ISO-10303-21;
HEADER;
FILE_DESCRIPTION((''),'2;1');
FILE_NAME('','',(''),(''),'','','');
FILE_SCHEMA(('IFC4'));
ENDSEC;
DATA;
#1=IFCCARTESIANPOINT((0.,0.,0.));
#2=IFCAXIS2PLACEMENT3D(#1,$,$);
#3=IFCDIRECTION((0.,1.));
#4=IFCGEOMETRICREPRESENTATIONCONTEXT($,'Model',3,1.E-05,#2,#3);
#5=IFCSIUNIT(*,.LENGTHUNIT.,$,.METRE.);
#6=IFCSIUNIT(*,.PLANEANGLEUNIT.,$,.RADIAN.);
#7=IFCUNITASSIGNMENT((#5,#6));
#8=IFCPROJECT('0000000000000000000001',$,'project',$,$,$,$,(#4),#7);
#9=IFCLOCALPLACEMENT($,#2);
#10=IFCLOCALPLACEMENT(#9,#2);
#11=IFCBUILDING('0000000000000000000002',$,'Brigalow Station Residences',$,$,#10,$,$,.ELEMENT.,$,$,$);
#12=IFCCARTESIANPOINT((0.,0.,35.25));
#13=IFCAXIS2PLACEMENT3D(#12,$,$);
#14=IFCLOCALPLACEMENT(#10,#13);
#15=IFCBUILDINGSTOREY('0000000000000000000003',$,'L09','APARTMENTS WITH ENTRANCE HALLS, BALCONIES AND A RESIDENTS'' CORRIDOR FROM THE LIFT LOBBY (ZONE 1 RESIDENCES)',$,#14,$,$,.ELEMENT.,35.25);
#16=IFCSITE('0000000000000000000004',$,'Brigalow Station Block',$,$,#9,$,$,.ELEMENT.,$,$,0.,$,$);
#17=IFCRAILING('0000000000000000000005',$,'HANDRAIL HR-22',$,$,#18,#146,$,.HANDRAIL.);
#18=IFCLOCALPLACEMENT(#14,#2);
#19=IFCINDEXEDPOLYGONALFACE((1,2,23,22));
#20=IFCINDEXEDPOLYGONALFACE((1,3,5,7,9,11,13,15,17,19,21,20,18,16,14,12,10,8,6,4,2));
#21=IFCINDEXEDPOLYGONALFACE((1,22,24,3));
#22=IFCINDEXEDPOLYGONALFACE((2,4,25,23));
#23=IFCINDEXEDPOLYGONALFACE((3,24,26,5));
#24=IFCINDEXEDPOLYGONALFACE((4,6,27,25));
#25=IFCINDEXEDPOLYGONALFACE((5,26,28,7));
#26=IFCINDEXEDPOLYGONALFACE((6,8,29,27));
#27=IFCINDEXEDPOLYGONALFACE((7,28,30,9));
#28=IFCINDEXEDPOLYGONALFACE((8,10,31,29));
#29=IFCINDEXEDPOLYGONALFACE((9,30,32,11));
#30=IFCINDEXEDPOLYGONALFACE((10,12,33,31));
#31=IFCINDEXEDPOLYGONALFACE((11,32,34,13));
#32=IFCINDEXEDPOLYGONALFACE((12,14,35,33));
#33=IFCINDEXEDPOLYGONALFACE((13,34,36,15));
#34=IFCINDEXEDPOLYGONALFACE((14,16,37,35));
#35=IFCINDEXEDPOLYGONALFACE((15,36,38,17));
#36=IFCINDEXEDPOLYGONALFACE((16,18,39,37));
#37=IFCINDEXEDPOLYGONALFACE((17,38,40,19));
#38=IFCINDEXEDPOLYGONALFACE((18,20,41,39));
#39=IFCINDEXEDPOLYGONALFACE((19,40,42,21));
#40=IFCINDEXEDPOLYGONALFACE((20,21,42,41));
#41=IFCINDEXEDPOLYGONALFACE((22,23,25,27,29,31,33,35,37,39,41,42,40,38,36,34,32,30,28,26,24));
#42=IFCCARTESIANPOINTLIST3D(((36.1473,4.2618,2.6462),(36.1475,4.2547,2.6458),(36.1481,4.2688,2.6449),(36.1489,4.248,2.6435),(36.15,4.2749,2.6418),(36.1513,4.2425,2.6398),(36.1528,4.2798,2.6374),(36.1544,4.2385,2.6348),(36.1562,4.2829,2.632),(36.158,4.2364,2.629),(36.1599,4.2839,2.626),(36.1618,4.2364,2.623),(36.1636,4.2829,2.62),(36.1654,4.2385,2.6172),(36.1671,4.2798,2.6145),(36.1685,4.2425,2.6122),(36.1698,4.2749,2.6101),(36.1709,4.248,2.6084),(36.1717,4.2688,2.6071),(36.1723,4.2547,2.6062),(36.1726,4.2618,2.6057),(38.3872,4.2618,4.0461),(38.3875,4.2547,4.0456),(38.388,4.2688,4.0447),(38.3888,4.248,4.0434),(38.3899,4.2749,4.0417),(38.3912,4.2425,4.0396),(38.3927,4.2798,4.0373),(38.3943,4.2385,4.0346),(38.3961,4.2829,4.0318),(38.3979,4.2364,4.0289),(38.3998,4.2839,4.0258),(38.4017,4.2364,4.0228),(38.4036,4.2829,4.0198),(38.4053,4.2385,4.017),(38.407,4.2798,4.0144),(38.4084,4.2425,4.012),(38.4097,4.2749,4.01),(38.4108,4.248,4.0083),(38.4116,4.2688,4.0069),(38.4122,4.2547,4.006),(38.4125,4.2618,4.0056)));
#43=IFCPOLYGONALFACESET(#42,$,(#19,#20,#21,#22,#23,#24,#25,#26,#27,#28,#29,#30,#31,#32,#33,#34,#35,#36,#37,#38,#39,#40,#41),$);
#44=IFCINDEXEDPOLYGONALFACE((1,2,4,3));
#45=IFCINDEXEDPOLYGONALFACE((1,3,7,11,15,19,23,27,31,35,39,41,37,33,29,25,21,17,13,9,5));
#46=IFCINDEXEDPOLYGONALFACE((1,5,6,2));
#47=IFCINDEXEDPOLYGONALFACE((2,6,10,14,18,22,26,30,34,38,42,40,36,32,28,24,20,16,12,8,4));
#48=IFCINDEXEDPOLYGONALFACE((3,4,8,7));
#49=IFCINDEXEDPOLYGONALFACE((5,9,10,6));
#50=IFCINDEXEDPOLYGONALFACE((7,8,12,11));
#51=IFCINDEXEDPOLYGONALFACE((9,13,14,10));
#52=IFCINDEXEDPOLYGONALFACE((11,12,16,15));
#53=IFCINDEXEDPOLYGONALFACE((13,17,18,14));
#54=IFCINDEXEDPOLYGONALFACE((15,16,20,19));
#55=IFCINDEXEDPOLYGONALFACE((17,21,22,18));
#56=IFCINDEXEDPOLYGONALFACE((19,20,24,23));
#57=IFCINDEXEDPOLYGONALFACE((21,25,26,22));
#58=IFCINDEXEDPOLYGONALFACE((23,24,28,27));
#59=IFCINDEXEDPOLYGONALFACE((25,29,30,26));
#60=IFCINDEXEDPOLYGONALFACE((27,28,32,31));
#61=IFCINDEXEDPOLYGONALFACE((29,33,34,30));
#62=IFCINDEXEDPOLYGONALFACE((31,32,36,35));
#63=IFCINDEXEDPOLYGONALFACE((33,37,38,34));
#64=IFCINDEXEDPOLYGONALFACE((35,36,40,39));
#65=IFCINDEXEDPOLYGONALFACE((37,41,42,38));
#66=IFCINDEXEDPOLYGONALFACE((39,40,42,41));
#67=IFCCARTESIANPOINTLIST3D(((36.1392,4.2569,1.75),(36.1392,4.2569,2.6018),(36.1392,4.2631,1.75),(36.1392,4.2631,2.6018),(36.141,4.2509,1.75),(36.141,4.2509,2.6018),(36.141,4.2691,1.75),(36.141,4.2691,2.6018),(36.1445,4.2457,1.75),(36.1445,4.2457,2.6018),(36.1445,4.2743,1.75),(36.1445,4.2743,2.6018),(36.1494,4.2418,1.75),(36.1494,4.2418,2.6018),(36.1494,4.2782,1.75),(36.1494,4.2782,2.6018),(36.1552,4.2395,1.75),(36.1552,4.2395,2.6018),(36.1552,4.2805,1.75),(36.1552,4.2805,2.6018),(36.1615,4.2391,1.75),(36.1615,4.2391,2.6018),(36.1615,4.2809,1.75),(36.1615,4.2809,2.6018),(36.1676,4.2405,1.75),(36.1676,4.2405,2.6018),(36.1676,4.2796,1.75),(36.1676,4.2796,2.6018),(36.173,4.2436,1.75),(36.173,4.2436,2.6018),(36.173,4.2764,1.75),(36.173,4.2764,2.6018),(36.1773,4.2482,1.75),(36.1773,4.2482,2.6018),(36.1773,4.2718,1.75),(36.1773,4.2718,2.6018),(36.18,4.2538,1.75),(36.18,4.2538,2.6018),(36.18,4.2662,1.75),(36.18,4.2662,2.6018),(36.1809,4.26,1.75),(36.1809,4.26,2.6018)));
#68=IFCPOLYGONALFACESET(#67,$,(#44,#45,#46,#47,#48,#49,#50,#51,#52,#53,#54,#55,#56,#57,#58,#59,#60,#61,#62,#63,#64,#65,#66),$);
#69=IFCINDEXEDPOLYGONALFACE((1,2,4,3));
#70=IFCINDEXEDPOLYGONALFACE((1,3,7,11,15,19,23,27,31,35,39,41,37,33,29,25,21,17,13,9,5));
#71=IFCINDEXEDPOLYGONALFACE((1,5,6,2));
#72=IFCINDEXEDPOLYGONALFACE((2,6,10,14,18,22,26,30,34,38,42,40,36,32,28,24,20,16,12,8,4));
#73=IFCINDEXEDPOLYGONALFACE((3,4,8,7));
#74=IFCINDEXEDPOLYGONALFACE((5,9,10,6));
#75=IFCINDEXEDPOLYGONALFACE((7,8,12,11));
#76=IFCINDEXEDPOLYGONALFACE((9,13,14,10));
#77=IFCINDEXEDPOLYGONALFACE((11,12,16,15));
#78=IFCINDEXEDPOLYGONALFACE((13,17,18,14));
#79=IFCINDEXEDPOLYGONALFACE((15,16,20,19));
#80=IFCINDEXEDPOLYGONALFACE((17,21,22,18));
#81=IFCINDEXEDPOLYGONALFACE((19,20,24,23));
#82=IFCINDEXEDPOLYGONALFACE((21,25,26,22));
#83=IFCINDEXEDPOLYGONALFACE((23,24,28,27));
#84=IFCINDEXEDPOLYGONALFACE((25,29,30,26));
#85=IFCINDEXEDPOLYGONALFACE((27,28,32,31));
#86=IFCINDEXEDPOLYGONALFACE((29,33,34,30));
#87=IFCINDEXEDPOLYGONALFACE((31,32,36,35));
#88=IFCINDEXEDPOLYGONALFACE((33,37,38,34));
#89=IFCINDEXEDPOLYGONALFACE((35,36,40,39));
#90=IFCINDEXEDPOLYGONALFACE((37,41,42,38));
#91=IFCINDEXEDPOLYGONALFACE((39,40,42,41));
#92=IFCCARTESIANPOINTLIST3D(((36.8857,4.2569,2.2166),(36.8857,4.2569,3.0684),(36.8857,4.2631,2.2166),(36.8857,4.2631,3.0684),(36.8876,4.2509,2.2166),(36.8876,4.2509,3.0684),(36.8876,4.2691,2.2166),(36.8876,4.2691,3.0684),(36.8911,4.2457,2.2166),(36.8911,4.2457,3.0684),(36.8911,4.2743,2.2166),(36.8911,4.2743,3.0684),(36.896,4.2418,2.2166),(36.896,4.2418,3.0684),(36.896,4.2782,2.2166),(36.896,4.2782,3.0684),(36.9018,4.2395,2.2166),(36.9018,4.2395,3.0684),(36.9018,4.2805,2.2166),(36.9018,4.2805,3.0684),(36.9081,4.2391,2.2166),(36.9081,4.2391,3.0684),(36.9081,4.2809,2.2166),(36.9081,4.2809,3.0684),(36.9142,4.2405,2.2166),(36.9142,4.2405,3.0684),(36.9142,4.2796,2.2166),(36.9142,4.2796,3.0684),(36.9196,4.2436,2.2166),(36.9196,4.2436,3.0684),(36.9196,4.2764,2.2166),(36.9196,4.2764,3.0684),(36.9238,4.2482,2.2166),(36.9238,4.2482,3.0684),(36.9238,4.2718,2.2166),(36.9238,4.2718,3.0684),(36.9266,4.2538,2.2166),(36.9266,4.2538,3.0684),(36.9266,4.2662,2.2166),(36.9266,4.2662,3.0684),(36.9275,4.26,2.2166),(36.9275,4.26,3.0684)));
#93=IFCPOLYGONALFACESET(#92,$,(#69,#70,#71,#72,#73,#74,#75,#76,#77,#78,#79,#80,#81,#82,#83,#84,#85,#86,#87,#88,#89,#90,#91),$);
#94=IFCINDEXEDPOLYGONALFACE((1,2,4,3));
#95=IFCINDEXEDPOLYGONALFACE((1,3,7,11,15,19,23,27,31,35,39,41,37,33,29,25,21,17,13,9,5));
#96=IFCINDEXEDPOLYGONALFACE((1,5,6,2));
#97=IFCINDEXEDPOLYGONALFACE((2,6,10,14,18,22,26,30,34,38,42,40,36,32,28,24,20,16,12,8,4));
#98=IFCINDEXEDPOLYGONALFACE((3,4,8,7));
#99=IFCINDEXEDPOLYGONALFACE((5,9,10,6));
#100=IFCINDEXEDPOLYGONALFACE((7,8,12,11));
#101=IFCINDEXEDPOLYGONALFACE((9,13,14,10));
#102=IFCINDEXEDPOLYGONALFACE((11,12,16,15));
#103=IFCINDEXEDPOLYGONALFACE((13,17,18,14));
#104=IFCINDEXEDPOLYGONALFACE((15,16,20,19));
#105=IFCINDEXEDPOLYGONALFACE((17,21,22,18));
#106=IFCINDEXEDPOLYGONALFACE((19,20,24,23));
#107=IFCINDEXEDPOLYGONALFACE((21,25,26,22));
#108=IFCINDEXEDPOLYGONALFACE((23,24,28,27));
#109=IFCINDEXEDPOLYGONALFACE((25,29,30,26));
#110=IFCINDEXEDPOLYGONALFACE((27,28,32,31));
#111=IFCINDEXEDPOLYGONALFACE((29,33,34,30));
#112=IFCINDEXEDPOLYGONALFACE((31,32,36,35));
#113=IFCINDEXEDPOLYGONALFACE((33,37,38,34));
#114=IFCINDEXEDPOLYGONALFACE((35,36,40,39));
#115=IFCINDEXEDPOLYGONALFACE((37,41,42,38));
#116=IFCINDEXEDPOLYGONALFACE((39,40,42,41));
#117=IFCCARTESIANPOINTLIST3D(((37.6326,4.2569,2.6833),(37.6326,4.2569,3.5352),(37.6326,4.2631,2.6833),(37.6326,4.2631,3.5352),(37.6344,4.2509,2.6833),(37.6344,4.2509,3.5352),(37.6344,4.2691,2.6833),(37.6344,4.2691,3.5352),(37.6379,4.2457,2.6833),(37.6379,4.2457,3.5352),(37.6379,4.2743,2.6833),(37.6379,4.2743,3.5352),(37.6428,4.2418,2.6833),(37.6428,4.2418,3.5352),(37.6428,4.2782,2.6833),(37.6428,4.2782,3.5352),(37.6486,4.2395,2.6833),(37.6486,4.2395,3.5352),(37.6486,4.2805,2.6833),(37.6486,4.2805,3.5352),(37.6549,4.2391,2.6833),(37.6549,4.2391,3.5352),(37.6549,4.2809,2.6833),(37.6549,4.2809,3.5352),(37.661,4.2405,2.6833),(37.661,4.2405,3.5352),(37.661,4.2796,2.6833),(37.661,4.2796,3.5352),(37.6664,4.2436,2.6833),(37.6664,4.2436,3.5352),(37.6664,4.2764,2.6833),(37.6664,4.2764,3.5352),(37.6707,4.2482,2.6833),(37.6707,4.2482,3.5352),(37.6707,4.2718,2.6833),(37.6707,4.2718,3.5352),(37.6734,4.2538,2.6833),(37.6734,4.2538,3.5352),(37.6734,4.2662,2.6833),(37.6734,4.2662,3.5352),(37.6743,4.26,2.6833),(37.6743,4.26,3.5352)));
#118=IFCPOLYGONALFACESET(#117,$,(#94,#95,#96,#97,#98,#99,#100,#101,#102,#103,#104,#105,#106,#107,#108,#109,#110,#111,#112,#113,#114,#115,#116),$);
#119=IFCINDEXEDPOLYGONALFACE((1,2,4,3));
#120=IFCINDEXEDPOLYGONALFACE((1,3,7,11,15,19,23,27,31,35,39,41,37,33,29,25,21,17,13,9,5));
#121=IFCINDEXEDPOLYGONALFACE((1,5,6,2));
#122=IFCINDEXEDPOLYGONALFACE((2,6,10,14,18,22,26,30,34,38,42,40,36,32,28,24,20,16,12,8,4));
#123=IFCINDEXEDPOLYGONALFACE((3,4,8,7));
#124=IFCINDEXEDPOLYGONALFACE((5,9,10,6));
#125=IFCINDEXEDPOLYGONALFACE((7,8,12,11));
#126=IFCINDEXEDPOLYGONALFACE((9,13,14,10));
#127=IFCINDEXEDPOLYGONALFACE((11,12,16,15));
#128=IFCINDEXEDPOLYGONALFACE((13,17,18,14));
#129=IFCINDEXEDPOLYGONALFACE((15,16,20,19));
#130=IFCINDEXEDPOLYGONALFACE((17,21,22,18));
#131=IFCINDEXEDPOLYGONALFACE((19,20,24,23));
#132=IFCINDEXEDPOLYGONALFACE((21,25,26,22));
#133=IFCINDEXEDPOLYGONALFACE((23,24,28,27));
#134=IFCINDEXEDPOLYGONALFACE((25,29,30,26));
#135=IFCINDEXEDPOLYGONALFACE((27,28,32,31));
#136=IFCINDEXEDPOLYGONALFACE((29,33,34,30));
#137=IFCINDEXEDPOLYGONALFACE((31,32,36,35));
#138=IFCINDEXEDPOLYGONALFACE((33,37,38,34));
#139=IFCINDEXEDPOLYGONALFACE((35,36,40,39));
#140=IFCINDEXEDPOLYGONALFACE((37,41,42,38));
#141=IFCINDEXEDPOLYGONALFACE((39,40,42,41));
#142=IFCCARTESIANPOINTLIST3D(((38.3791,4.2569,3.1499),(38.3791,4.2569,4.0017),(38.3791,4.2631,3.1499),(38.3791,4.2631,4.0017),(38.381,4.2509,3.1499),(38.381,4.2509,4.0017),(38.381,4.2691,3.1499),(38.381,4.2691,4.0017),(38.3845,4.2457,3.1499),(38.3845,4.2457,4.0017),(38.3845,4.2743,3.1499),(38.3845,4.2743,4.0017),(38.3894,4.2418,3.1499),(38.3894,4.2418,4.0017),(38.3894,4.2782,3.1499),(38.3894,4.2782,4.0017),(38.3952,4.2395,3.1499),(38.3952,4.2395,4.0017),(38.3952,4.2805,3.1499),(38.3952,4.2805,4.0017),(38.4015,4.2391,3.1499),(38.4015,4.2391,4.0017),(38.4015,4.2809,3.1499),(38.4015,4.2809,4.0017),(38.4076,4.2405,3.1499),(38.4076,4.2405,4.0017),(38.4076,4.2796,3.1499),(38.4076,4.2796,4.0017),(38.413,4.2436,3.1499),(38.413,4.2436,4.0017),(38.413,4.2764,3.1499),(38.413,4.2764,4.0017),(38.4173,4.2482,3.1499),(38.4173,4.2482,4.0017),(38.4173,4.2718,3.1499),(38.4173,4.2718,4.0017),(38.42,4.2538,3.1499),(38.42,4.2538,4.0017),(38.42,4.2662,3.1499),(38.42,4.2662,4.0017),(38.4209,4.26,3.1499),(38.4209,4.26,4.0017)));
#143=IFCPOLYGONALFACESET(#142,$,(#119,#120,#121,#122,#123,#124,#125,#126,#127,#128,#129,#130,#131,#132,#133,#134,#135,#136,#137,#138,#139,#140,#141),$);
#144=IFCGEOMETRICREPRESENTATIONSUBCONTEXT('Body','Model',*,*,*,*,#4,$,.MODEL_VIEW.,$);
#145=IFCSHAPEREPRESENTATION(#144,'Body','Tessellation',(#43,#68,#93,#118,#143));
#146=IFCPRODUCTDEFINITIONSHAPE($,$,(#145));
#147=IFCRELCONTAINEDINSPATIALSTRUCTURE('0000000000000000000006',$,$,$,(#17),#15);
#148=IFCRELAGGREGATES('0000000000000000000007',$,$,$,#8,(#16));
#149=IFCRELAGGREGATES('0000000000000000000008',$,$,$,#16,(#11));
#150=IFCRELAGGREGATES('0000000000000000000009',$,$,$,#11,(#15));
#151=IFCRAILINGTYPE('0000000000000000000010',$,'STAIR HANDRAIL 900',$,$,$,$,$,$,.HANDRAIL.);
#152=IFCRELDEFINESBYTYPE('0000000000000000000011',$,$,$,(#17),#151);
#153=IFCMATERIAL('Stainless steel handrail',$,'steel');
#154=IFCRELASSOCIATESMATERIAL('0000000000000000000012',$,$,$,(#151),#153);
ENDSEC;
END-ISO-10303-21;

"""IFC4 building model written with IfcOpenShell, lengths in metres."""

from ifc_helpers import new_model, si_unit, direction, frame, origin, origin_2d, place, context, subcontext, project, spatial, circle, extrude, material, type_object, element, save


model = new_model("IFC4")

# Units and contexts
model_context = context("Model", 3, precision=1e-05, world=origin(), true_north=direction((0.0, 1.0)))
body_context = subcontext(model_context, "Body", "Model", "MODEL_VIEW")
ifc_project = project(units=[si_unit("LENGTHUNIT", "METRE"), si_unit("PLANEANGLEUNIT", "RADIAN")], contexts=[model_context])

# Site, building, storey
site_placement = place(None, origin())
site = spatial("IfcSite", under=ifc_project, at=site_placement, Name="Brigalow Station Block", CompositionType="ELEMENT", RefElevation=0.0)
building_placement = place(site_placement, origin())
building = spatial("IfcBuilding", under=site, at=building_placement, Name="Brigalow Station Residences", CompositionType="ELEMENT")
storey_placement = place(building_placement, frame((0.0, 0.0, 35.25)))
storey = spatial("IfcBuildingStorey", under=building, at=storey_placement, Name="L09", Description="APARTMENTS WITH ENTRANCE HALLS, BALCONIES AND A RESIDENTS' CORRIDOR FROM THE LIFT LOBBY (ZONE 1 RESIDENCES)", CompositionType="ELEMENT", Elevation=35.25)

# Railing
ifc_material_1 = material(Name="Stainless steel handrail", Category="steel")
railing_type_1 = type_object("IfcRailingType", Name="STAIR HANDRAIL 900", PredefinedType="HANDRAIL", material=ifc_material_1)
railing_1_placement = place(storey_placement, frame((36.1599, 4.26, 1.75)))
element("IfcRailing", 1, at=railing_1_placement, inside=storey, type_object=railing_type_1, Name="HANDRAIL HR-22", PredefinedType="HANDRAIL", context=body_context, shape_type="SweptSolid", body=[
    extrude(circle(Radius=0.0239, at=origin_2d()), frame((0.0, 0.0, 0.876), z_axis=(0.848014, 0.0, 0.529974), x_axis=(0.0, 1.0, 0.0)), (0.0, 0.0, 1.0), 2.6414),
    extrude(circle(Radius=0.021, at=origin_2d()), origin(), (0.0, 0.0, 1.0), 0.8518),
    extrude(circle(Radius=0.021, at=origin_2d()), frame((0.7466, 0.0, 0.4666)), (0.0, 0.0, 1.0), 0.8518),
    extrude(circle(Radius=0.021, at=origin_2d()), frame((1.4934, 0.0, 0.9333)), (0.0, 0.0, 1.0), 0.8518),
    extrude(circle(Radius=0.021, at=origin_2d()), frame((2.24, 0.0, 1.3999)), (0.0, 0.0, 1.0), 0.8518),
])

save(model, "model.ifc")
